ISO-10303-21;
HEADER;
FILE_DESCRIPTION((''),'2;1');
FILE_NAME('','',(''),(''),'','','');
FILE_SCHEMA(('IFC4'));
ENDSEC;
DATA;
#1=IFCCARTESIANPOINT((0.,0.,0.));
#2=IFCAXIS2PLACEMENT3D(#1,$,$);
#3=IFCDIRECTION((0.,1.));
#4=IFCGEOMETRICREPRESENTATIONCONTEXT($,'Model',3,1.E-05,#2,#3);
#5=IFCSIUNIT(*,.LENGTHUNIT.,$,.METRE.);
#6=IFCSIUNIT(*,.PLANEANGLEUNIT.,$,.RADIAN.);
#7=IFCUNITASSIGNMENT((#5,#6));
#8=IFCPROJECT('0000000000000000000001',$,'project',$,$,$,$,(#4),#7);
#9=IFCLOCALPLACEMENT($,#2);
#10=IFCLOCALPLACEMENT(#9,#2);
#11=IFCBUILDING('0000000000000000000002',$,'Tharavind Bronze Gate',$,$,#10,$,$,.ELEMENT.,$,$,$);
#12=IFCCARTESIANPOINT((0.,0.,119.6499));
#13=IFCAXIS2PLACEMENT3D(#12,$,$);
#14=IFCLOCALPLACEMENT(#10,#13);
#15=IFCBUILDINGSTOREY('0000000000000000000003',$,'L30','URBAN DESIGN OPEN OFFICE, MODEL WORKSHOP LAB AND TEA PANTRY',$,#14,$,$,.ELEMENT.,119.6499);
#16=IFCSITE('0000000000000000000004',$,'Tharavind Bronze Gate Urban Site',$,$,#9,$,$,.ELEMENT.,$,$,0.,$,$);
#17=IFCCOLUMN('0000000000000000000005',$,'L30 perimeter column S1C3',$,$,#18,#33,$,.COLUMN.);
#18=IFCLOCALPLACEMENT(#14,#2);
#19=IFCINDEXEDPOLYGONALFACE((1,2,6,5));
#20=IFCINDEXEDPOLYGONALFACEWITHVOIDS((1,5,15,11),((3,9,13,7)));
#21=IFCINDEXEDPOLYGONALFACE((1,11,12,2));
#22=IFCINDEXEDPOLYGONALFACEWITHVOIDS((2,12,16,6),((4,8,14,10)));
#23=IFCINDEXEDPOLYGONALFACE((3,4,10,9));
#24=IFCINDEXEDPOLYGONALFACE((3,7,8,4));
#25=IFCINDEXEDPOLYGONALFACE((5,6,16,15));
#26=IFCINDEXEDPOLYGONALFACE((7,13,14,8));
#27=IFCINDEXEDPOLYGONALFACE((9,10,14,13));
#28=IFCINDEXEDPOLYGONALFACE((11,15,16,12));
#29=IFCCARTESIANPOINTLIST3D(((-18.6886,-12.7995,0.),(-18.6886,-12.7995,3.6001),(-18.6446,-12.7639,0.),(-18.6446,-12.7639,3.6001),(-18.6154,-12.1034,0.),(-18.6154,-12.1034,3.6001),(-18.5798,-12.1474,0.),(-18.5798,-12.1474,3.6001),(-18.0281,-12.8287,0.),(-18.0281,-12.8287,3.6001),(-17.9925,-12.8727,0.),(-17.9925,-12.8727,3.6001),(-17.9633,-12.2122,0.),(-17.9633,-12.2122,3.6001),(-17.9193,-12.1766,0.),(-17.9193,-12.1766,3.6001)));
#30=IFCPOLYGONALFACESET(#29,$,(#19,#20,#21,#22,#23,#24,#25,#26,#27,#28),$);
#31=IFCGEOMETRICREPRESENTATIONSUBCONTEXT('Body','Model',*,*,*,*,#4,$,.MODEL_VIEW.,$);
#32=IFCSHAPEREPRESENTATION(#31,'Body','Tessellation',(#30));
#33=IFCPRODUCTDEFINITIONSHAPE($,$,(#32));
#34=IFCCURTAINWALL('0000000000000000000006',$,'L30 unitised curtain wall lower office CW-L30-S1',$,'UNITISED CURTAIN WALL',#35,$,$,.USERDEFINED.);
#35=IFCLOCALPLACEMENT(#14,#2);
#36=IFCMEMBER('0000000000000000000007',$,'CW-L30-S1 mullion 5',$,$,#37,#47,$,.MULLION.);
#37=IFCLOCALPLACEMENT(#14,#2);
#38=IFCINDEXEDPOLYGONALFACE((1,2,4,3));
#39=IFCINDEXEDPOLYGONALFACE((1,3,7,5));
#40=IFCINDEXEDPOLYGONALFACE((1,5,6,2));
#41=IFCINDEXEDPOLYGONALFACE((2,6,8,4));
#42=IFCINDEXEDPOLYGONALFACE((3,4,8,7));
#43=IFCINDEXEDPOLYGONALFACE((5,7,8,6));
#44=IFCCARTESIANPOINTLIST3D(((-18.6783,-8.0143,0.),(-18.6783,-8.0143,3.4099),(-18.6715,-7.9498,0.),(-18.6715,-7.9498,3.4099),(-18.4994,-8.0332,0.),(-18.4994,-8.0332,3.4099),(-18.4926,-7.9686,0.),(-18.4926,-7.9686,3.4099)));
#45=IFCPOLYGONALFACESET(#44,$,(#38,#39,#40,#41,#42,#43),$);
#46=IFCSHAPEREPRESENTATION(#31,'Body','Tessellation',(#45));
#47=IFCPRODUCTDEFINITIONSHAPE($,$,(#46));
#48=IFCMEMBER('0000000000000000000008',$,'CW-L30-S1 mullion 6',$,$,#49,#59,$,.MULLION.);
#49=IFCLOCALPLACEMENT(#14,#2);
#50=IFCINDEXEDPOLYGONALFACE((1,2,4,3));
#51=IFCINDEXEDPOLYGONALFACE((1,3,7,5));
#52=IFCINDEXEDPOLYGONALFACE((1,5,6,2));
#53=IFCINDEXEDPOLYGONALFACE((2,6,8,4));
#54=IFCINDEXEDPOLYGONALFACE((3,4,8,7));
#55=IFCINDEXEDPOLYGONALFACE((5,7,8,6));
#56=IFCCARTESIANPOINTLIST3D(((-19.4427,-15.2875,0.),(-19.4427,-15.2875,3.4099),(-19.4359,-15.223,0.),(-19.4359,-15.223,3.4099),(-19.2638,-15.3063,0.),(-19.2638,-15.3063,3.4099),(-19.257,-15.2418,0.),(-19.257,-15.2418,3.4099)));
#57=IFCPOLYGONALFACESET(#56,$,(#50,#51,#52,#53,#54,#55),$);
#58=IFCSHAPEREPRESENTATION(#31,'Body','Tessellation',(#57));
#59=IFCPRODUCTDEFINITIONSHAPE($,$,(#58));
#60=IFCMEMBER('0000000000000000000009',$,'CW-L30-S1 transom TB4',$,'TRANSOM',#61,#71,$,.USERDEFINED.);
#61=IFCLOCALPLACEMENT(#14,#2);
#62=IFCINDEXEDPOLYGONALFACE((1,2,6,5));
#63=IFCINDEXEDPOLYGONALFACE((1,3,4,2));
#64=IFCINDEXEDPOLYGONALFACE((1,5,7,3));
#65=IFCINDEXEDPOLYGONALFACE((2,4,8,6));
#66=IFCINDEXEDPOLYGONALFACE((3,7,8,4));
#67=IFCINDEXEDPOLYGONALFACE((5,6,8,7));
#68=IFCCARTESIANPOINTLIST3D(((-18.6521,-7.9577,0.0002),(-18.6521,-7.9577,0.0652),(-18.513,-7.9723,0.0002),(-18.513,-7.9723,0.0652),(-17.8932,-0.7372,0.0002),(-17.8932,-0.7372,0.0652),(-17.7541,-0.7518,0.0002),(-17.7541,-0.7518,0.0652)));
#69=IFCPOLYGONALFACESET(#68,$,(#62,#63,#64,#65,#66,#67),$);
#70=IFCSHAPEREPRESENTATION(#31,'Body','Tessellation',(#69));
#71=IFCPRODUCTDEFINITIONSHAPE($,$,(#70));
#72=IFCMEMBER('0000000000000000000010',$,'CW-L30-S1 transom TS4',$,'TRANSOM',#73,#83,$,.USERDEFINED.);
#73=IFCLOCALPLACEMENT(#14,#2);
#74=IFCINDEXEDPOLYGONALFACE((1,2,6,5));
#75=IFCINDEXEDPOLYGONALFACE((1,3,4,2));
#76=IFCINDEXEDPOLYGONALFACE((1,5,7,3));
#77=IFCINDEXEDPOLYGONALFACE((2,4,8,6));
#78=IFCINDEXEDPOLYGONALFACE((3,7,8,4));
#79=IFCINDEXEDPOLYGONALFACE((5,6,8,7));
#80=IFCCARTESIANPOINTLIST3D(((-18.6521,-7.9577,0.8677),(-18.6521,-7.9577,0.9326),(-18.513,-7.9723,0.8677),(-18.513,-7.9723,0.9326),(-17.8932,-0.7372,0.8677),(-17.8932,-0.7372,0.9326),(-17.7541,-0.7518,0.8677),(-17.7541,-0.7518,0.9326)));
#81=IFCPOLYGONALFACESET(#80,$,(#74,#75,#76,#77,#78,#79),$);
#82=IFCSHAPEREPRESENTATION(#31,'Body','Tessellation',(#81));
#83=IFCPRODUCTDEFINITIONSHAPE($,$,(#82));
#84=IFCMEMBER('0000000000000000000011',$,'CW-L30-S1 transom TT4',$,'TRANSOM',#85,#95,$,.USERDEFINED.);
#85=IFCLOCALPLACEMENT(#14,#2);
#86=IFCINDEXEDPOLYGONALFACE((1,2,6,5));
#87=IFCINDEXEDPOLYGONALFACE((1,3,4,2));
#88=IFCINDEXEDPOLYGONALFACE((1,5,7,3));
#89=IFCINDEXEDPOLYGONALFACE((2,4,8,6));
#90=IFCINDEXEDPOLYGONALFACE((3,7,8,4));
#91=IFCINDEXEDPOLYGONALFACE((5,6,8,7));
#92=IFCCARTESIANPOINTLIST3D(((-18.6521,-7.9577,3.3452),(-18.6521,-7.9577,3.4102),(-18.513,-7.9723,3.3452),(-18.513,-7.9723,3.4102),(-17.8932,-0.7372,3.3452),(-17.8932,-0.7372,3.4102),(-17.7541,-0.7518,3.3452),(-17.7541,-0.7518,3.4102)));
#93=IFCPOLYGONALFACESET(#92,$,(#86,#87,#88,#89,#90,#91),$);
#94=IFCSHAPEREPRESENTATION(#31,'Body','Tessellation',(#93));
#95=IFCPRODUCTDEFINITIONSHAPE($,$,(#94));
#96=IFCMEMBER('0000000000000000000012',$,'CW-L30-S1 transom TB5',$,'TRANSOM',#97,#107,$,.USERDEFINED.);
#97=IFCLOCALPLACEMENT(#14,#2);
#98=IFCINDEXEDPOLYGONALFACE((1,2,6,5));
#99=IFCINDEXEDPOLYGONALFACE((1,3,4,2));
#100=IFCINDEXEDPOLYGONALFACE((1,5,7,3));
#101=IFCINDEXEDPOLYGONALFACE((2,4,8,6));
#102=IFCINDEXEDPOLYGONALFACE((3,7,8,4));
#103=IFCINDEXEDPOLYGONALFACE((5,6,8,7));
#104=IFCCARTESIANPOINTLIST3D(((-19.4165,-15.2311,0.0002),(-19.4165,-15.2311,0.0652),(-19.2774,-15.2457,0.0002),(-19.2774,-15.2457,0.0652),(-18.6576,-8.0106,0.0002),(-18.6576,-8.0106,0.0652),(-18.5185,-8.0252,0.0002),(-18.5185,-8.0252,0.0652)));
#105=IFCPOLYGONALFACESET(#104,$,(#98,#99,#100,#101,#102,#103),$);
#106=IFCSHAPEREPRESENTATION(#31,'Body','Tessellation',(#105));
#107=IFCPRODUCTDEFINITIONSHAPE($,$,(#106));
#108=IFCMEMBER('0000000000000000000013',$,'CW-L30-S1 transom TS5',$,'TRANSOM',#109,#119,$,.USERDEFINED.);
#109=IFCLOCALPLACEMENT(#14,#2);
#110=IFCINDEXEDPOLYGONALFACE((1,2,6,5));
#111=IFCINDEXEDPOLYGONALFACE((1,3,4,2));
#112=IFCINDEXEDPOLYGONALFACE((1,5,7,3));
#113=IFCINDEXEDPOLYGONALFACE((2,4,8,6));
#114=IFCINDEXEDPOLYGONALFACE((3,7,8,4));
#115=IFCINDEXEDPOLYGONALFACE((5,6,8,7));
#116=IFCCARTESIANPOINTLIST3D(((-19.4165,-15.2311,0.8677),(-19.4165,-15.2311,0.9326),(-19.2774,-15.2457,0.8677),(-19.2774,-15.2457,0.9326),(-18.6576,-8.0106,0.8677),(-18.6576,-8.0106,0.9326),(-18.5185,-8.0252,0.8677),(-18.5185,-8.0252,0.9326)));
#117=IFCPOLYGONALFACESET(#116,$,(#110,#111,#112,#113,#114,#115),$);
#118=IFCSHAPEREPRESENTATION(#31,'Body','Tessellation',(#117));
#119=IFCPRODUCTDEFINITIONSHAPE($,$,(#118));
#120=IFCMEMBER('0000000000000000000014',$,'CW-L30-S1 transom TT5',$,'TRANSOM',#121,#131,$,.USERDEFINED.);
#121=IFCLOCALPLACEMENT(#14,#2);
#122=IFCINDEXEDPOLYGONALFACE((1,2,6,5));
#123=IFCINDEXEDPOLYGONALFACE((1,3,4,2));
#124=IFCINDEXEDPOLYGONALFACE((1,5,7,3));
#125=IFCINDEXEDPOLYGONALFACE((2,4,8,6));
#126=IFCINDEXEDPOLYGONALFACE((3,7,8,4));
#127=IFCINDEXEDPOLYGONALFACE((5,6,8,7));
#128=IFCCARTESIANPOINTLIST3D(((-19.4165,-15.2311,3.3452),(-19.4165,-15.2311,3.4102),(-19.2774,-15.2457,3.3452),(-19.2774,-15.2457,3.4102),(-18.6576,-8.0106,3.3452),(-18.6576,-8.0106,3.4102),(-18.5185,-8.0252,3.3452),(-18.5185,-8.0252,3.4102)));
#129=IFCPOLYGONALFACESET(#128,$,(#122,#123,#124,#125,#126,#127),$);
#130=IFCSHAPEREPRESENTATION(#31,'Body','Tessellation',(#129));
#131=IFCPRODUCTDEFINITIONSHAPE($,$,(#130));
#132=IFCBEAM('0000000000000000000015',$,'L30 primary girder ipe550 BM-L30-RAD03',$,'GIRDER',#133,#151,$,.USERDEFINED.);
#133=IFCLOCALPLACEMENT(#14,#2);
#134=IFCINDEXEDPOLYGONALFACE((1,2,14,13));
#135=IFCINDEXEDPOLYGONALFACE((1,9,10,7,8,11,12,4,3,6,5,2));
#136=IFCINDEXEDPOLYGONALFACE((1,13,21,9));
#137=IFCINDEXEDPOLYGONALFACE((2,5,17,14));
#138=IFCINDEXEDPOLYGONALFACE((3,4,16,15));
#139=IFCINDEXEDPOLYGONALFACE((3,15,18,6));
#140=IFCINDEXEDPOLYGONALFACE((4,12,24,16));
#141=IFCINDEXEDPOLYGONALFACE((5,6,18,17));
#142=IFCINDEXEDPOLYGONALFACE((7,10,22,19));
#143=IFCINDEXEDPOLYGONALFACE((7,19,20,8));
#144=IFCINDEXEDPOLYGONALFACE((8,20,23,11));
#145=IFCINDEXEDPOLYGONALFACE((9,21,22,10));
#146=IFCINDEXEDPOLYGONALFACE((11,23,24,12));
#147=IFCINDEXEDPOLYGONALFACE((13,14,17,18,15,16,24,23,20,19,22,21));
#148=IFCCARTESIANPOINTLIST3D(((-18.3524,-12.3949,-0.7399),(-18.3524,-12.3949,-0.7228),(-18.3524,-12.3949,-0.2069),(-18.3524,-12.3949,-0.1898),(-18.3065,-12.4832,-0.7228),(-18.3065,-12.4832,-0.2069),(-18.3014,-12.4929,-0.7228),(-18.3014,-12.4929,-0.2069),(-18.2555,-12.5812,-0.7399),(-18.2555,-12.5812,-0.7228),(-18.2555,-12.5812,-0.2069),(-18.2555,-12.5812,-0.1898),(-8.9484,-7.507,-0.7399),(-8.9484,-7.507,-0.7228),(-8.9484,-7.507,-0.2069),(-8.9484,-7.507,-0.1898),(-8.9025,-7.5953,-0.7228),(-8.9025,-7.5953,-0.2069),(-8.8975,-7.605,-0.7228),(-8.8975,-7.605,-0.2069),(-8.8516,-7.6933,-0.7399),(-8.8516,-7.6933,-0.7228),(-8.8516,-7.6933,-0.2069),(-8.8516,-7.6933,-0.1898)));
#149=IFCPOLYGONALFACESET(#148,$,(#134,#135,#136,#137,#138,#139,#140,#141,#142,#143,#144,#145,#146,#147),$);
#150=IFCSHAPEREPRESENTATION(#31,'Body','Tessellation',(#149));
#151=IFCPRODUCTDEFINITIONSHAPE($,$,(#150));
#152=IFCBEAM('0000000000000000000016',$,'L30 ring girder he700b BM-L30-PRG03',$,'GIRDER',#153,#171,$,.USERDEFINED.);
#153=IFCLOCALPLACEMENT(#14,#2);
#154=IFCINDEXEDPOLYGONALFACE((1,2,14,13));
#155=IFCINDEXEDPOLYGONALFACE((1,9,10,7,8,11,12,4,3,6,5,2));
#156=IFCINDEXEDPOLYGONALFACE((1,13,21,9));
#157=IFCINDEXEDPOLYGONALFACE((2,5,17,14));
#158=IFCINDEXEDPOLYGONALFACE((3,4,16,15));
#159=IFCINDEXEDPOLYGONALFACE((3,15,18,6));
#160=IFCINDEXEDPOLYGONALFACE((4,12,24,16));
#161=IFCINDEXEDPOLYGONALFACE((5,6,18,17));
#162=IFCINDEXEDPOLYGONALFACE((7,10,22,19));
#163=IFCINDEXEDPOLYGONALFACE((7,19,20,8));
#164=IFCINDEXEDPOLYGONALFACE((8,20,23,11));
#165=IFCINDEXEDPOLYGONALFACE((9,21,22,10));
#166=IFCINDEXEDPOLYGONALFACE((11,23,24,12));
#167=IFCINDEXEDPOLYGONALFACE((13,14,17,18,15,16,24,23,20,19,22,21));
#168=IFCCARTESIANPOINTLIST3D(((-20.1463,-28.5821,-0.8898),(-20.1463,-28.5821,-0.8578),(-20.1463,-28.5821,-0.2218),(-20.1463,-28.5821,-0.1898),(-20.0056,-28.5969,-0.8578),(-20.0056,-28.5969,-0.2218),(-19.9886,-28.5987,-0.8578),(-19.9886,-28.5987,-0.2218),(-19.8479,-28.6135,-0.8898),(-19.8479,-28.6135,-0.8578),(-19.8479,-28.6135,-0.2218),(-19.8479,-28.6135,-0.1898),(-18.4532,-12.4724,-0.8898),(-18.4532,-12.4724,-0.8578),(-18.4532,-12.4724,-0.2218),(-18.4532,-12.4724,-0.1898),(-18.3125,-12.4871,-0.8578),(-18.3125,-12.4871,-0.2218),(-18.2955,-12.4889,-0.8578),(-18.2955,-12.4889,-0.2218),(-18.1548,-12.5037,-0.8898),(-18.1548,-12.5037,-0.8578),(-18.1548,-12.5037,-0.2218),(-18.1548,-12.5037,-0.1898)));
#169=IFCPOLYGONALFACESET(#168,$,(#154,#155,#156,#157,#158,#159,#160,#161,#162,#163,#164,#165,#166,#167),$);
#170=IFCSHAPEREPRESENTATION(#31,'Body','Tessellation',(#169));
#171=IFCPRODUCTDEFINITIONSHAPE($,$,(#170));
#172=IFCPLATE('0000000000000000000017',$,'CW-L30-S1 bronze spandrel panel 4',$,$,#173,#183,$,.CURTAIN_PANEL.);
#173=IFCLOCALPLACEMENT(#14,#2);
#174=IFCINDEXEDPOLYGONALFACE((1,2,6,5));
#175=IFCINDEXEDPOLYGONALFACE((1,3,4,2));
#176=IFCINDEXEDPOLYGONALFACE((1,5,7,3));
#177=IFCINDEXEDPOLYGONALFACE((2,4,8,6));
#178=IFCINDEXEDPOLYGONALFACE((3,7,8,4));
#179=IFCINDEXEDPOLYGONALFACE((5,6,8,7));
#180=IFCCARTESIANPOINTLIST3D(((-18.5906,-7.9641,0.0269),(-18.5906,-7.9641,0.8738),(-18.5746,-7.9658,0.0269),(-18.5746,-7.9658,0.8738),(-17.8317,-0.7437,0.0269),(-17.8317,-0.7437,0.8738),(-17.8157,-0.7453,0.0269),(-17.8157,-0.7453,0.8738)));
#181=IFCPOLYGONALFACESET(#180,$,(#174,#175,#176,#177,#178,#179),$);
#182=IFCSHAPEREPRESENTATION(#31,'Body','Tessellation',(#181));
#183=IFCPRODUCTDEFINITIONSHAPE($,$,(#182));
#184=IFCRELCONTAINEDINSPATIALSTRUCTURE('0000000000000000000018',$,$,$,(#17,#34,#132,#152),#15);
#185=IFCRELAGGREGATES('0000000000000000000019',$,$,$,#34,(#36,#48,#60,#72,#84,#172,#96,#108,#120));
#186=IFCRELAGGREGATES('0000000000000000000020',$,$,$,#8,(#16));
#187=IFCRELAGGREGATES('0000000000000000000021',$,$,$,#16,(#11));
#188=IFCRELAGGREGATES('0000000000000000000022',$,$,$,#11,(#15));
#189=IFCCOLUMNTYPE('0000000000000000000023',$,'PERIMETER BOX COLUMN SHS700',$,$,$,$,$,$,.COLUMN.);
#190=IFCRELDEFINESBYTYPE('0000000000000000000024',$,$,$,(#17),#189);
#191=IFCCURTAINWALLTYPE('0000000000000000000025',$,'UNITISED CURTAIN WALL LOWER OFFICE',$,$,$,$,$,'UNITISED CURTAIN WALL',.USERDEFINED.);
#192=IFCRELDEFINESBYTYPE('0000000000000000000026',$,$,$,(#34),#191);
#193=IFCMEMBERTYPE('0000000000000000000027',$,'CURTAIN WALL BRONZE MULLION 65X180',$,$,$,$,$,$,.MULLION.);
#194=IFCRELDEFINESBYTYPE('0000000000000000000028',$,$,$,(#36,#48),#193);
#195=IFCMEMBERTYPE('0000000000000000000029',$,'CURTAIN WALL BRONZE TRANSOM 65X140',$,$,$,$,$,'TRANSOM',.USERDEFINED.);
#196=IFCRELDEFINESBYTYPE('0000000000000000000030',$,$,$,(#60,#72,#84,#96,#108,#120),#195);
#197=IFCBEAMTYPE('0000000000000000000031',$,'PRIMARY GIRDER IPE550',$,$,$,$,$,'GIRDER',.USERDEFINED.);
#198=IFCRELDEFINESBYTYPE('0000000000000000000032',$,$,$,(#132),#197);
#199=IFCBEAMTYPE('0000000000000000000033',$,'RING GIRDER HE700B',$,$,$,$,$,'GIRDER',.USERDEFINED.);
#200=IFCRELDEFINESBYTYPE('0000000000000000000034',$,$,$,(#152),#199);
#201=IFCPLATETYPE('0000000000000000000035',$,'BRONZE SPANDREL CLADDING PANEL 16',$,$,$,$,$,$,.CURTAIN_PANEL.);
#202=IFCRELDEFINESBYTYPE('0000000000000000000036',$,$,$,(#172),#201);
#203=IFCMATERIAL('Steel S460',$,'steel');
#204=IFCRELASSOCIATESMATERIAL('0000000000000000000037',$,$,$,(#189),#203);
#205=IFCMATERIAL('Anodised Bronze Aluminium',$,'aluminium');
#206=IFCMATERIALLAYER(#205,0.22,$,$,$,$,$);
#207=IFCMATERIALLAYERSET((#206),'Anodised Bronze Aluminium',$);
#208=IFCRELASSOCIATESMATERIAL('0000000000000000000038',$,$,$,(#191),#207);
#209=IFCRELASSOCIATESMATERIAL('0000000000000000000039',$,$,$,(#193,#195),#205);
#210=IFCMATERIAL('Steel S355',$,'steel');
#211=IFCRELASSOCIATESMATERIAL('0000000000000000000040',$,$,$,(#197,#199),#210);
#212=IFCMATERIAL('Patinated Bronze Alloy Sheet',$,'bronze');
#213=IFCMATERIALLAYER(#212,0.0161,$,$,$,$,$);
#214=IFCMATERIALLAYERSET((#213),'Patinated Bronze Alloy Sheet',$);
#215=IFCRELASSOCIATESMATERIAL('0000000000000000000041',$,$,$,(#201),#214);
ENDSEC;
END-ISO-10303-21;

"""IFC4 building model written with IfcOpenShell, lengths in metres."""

from ifc_helpers import new_model, si_unit, direction, frame, origin, origin_2d, place, context, subcontext, project, spatial, rectangle, hollow_rectangle, i_section, extrude, material, layer, layer_set, material_profile, profile_set, type_object, element, aggregate, save


model = new_model("IFC4")

# Units and contexts
model_context = context("Model", 3, precision=1e-05, world=origin(), true_north=direction((0.0, 1.0)))
body_context = subcontext(model_context, "Body", "Model", "MODEL_VIEW")
ifc_project = project(units=[si_unit("LENGTHUNIT", "METRE"), si_unit("PLANEANGLEUNIT", "RADIAN")], contexts=[model_context])

# Site, building, storey
site_placement = place(None, origin())
site = spatial("IfcSite", under=ifc_project, at=site_placement, Name="Tharavind Bronze Gate Urban Site", CompositionType="ELEMENT", RefElevation=0.0)
building_placement = place(site_placement, origin())
building = spatial("IfcBuilding", under=site, at=building_placement, Name="Tharavind Bronze Gate", CompositionType="ELEMENT")
storey_placement = place(building_placement, frame((0.0, 0.0, 119.6499)))
storey = spatial("IfcBuildingStorey", under=building, at=storey_placement, Name="L30", Description="URBAN DESIGN OPEN OFFICE, MODEL WORKSHOP LAB AND TEA PANTRY", CompositionType="ELEMENT", Elevation=119.6499)

# Column
ifc_material_1 = material(Name="Steel S460", Category="steel")
ifc_material_profile_1 = material_profile(ifc_material_1, hollow_rectangle(XDim=0.7, YDim=0.7, WallThickness=0.04, at=origin_2d()), Name="SHS700X40")
ifc_profile_set_1 = profile_set([ifc_material_profile_1], Name="Steel S460")
column_type = type_object("IfcColumnType", Name="PERIMETER BOX COLUMN SHS700", PredefinedType="COLUMN", material=ifc_profile_set_1)
column_placement = place(storey_placement, frame((-18.304, -12.488, 0.0), z_axis=(0.0, 0.0, 1.0), x_axis=(0.10453, 0.994522, 0.0)))
element("IfcColumn", 1, at=column_placement, inside=storey, type_object=column_type, Name="L30 perimeter column S1C3", PredefinedType="COLUMN", context=body_context, shape_type="SweptSolid", body=[
    extrude(hollow_rectangle(XDim=0.7, YDim=0.7, WallThickness=0.04, at=origin_2d()), origin(), (0.0, 0.0, 1.0), 3.6001),
])

# Curtain wall, members
ifc_material_2 = material(Name="Anodised Bronze Aluminium", Category="aluminium")
ifc_layer_1 = layer(ifc_material_2, 0.22)
ifc_layer_set_1 = layer_set([ifc_layer_1], Name="Anodised Bronze Aluminium")
curtain_wall_type = type_object("IfcCurtainWallType", Name="UNITISED CURTAIN WALL LOWER OFFICE", ElementType="UNITISED CURTAIN WALL", PredefinedType="USERDEFINED", material=ifc_layer_set_1)
curtain_wall_placement = place(storey_placement, origin())
curtain_wall = element("IfcCurtainWall", 2, at=curtain_wall_placement, inside=storey, type_object=curtain_wall_type, Name="L30 unitised curtain wall lower office CW-L30-S1", ObjectType="UNITISED CURTAIN WALL", PredefinedType="USERDEFINED")
member_type_1 = type_object("IfcMemberType", Name="CURTAIN WALL BRONZE MULLION 65X180", PredefinedType="MULLION", material=ifc_material_2)
member_1_placement = place(storey_placement, frame((-18.5854, -7.9915, 0.0), z_axis=(0.0, 0.0, 1.0), x_axis=(-0.104527, -0.994522, 0.0)))
member_1 = element("IfcMember", 3, at=member_1_placement, type_object=member_type_1, Name="CW-L30-S1 mullion 5", PredefinedType="MULLION", context=body_context, shape_type="SweptSolid", body=[
    extrude(rectangle(XDim=0.0649, YDim=0.1799, at=origin_2d()), origin(), (0.0, 0.0, 1.0), 3.4099),
])
member_2_placement = place(storey_placement, frame((-19.3499, -15.2646, 0.0), z_axis=(0.0, 0.0, 1.0), x_axis=(-0.104527, -0.994522, 0.0)))
member_2 = element("IfcMember", 4, at=member_2_placement, type_object=member_type_1, Name="CW-L30-S1 mullion 6", PredefinedType="MULLION", context=body_context, shape_type="SweptSolid", body=[
    extrude(rectangle(XDim=0.0649, YDim=0.1799, at=origin_2d()), origin(), (0.0, 0.0, 1.0), 3.4099),
])
member_type_2 = type_object("IfcMemberType", Name="CURTAIN WALL BRONZE TRANSOM 65X140", ElementType="TRANSOM", PredefinedType="USERDEFINED", material=ifc_material_2)
member_3_placement = place(storey_placement, frame((-18.2031, -4.3547, 0.0002), z_axis=(0.0, 0.0, 1.0), x_axis=(-0.104527, -0.994522, 0.0)))
member_3 = element("IfcMember", 5, at=member_3_placement, type_object=member_type_2, Name="CW-L30-S1 transom TB4", ObjectType="TRANSOM", PredefinedType="USERDEFINED", context=body_context, shape_type="SweptSolid", body=[
    extrude(rectangle(XDim=7.2603, YDim=0.1399, at=origin_2d()), origin(), (0.0, 0.0, 1.0), 0.0649),
])
member_4_placement = place(storey_placement, frame((-18.2031, -4.3547, 0.8677), z_axis=(0.0, 0.0, 1.0), x_axis=(-0.104527, -0.994522, 0.0)))
member_4 = element("IfcMember", 6, at=member_4_placement, type_object=member_type_2, Name="CW-L30-S1 transom TS4", ObjectType="TRANSOM", PredefinedType="USERDEFINED", context=body_context, shape_type="SweptSolid", body=[
    extrude(rectangle(XDim=7.2603, YDim=0.1399, at=origin_2d()), origin(), (0.0, 0.0, 1.0), 0.0649),
])
member_5_placement = place(storey_placement, frame((-18.2031, -4.3547, 3.3452), z_axis=(0.0, 0.0, 1.0), x_axis=(-0.104527, -0.994522, 0.0)))
member_5 = element("IfcMember", 7, at=member_5_placement, type_object=member_type_2, Name="CW-L30-S1 transom TT4", ObjectType="TRANSOM", PredefinedType="USERDEFINED", context=body_context, shape_type="SweptSolid", body=[
    extrude(rectangle(XDim=7.2603, YDim=0.1399, at=origin_2d()), origin(), (0.0, 0.0, 1.0), 0.0649),
])
member_6_placement = place(storey_placement, frame((-18.9675, -11.6282, 0.0002), z_axis=(0.0, 0.0, 1.0), x_axis=(-0.104527, -0.994522, 0.0)))
member_6 = element("IfcMember", 8, at=member_6_placement, type_object=member_type_2, Name="CW-L30-S1 transom TB5", ObjectType="TRANSOM", PredefinedType="USERDEFINED", context=body_context, shape_type="SweptSolid", body=[
    extrude(rectangle(XDim=7.2603, YDim=0.1399, at=origin_2d()), origin(), (0.0, 0.0, 1.0), 0.0649),
])
member_7_placement = place(storey_placement, frame((-18.9675, -11.6282, 0.8677), z_axis=(0.0, 0.0, 1.0), x_axis=(-0.104527, -0.994522, 0.0)))
member_7 = element("IfcMember", 9, at=member_7_placement, type_object=member_type_2, Name="CW-L30-S1 transom TS5", ObjectType="TRANSOM", PredefinedType="USERDEFINED", context=body_context, shape_type="SweptSolid", body=[
    extrude(rectangle(XDim=7.2603, YDim=0.1399, at=origin_2d()), origin(), (0.0, 0.0, 1.0), 0.0649),
])
member_8_placement = place(storey_placement, frame((-18.9675, -11.6282, 3.3452), z_axis=(0.0, 0.0, 1.0), x_axis=(-0.104527, -0.994522, 0.0)))
member_8 = element("IfcMember", 10, at=member_8_placement, type_object=member_type_2, Name="CW-L30-S1 transom TT5", ObjectType="TRANSOM", PredefinedType="USERDEFINED", context=body_context, shape_type="SweptSolid", body=[
    extrude(rectangle(XDim=7.2603, YDim=0.1399, at=origin_2d()), origin(), (0.0, 0.0, 1.0), 0.0649),
])

# Beams
ifc_material_3 = material(Name="Steel S355", Category="steel")
ifc_material_profile_2 = material_profile(ifc_material_3, i_section(OverallWidth=0.21, OverallDepth=0.55, WebThickness=0.011, FlangeThickness=0.0171, at=origin_2d()), Name="IPE550")
ifc_profile_set_2 = profile_set([ifc_material_profile_2], Name="Steel S355")
beam_type_1 = type_object("IfcBeamType", Name="PRIMARY GIRDER IPE550", ElementType="GIRDER", PredefinedType="USERDEFINED", material=ifc_profile_set_2)
beam_1_placement = place(storey_placement, frame((-18.304, -12.488, -0.4648), z_axis=(0.887301, 0.461192, 0.0), x_axis=(-0.461192, 0.887301, 0.0)))
element("IfcBeam", 11, at=beam_1_placement, inside=storey, type_object=beam_type_1, Name="L30 primary girder ipe550 BM-L30-RAD03", ObjectType="GIRDER", PredefinedType="USERDEFINED", context=body_context, shape_type="SweptSolid", body=[
    extrude(i_section(OverallWidth=0.21, OverallDepth=0.55, WebThickness=0.011, FlangeThickness=0.0171, at=origin_2d()), origin(), (0.0, 0.0, 1.0), 10.5984),
])
ifc_material_profile_3 = material_profile(ifc_material_3, i_section(OverallWidth=0.3, OverallDepth=0.7, WebThickness=0.0171, FlangeThickness=0.032, at=origin_2d()), Name="HE700B")
ifc_profile_set_3 = profile_set([ifc_material_profile_3], Name="Steel S355")
beam_type_2 = type_object("IfcBeamType", Name="RING GIRDER HE700B", ElementType="GIRDER", PredefinedType="USERDEFINED", material=ifc_profile_set_3)
beam_2_placement = place(storey_placement, frame((-18.304, -12.488, -0.5398), z_axis=(-0.104522, -0.994523, 0.0), x_axis=(0.994523, -0.104522, 0.0)))
element("IfcBeam", 12, at=beam_2_placement, inside=storey, type_object=beam_type_2, Name="L30 ring girder he700b BM-L30-PRG03", ObjectType="GIRDER", PredefinedType="USERDEFINED", context=body_context, shape_type="SweptSolid", body=[
    extrude(i_section(OverallWidth=0.3, OverallDepth=0.7, WebThickness=0.0171, FlangeThickness=0.032, at=origin_2d()), origin(), (0.0, 0.0, 1.0), 16.1985),
])

# Plate
ifc_material_4 = material(Name="Patinated Bronze Alloy Sheet", Category="bronze")
ifc_layer_2 = layer(ifc_material_4, 0.0161)
ifc_layer_set_2 = layer_set([ifc_layer_2], Name="Patinated Bronze Alloy Sheet")
plate_type_1 = type_object("IfcPlateType", Name="BRONZE SPANDREL CLADDING PANEL 16", PredefinedType="CURTAIN_PANEL", material=ifc_layer_set_2)
plate_1_placement = place(storey_placement, frame((-18.2031, -4.3547, 0.0269), z_axis=(0.0, 0.0, 1.0), x_axis=(-0.104527, -0.994522, 0.0)))
plate_1 = element("IfcPlate", 13, at=plate_1_placement, type_object=plate_type_1, Name="CW-L30-S1 bronze spandrel panel 4", PredefinedType="CURTAIN_PANEL", context=body_context, shape_type="SweptSolid", body=[
    extrude(rectangle(XDim=7.2603, YDim=0.0161, at=origin_2d()), origin(), (0.0, 0.0, 1.0), 0.8469),
])
aggregate(curtain_wall, [member_1, member_2, member_3, member_4, member_5, plate_1, member_6, member_7, member_8])

save(model, "model.ifc")
